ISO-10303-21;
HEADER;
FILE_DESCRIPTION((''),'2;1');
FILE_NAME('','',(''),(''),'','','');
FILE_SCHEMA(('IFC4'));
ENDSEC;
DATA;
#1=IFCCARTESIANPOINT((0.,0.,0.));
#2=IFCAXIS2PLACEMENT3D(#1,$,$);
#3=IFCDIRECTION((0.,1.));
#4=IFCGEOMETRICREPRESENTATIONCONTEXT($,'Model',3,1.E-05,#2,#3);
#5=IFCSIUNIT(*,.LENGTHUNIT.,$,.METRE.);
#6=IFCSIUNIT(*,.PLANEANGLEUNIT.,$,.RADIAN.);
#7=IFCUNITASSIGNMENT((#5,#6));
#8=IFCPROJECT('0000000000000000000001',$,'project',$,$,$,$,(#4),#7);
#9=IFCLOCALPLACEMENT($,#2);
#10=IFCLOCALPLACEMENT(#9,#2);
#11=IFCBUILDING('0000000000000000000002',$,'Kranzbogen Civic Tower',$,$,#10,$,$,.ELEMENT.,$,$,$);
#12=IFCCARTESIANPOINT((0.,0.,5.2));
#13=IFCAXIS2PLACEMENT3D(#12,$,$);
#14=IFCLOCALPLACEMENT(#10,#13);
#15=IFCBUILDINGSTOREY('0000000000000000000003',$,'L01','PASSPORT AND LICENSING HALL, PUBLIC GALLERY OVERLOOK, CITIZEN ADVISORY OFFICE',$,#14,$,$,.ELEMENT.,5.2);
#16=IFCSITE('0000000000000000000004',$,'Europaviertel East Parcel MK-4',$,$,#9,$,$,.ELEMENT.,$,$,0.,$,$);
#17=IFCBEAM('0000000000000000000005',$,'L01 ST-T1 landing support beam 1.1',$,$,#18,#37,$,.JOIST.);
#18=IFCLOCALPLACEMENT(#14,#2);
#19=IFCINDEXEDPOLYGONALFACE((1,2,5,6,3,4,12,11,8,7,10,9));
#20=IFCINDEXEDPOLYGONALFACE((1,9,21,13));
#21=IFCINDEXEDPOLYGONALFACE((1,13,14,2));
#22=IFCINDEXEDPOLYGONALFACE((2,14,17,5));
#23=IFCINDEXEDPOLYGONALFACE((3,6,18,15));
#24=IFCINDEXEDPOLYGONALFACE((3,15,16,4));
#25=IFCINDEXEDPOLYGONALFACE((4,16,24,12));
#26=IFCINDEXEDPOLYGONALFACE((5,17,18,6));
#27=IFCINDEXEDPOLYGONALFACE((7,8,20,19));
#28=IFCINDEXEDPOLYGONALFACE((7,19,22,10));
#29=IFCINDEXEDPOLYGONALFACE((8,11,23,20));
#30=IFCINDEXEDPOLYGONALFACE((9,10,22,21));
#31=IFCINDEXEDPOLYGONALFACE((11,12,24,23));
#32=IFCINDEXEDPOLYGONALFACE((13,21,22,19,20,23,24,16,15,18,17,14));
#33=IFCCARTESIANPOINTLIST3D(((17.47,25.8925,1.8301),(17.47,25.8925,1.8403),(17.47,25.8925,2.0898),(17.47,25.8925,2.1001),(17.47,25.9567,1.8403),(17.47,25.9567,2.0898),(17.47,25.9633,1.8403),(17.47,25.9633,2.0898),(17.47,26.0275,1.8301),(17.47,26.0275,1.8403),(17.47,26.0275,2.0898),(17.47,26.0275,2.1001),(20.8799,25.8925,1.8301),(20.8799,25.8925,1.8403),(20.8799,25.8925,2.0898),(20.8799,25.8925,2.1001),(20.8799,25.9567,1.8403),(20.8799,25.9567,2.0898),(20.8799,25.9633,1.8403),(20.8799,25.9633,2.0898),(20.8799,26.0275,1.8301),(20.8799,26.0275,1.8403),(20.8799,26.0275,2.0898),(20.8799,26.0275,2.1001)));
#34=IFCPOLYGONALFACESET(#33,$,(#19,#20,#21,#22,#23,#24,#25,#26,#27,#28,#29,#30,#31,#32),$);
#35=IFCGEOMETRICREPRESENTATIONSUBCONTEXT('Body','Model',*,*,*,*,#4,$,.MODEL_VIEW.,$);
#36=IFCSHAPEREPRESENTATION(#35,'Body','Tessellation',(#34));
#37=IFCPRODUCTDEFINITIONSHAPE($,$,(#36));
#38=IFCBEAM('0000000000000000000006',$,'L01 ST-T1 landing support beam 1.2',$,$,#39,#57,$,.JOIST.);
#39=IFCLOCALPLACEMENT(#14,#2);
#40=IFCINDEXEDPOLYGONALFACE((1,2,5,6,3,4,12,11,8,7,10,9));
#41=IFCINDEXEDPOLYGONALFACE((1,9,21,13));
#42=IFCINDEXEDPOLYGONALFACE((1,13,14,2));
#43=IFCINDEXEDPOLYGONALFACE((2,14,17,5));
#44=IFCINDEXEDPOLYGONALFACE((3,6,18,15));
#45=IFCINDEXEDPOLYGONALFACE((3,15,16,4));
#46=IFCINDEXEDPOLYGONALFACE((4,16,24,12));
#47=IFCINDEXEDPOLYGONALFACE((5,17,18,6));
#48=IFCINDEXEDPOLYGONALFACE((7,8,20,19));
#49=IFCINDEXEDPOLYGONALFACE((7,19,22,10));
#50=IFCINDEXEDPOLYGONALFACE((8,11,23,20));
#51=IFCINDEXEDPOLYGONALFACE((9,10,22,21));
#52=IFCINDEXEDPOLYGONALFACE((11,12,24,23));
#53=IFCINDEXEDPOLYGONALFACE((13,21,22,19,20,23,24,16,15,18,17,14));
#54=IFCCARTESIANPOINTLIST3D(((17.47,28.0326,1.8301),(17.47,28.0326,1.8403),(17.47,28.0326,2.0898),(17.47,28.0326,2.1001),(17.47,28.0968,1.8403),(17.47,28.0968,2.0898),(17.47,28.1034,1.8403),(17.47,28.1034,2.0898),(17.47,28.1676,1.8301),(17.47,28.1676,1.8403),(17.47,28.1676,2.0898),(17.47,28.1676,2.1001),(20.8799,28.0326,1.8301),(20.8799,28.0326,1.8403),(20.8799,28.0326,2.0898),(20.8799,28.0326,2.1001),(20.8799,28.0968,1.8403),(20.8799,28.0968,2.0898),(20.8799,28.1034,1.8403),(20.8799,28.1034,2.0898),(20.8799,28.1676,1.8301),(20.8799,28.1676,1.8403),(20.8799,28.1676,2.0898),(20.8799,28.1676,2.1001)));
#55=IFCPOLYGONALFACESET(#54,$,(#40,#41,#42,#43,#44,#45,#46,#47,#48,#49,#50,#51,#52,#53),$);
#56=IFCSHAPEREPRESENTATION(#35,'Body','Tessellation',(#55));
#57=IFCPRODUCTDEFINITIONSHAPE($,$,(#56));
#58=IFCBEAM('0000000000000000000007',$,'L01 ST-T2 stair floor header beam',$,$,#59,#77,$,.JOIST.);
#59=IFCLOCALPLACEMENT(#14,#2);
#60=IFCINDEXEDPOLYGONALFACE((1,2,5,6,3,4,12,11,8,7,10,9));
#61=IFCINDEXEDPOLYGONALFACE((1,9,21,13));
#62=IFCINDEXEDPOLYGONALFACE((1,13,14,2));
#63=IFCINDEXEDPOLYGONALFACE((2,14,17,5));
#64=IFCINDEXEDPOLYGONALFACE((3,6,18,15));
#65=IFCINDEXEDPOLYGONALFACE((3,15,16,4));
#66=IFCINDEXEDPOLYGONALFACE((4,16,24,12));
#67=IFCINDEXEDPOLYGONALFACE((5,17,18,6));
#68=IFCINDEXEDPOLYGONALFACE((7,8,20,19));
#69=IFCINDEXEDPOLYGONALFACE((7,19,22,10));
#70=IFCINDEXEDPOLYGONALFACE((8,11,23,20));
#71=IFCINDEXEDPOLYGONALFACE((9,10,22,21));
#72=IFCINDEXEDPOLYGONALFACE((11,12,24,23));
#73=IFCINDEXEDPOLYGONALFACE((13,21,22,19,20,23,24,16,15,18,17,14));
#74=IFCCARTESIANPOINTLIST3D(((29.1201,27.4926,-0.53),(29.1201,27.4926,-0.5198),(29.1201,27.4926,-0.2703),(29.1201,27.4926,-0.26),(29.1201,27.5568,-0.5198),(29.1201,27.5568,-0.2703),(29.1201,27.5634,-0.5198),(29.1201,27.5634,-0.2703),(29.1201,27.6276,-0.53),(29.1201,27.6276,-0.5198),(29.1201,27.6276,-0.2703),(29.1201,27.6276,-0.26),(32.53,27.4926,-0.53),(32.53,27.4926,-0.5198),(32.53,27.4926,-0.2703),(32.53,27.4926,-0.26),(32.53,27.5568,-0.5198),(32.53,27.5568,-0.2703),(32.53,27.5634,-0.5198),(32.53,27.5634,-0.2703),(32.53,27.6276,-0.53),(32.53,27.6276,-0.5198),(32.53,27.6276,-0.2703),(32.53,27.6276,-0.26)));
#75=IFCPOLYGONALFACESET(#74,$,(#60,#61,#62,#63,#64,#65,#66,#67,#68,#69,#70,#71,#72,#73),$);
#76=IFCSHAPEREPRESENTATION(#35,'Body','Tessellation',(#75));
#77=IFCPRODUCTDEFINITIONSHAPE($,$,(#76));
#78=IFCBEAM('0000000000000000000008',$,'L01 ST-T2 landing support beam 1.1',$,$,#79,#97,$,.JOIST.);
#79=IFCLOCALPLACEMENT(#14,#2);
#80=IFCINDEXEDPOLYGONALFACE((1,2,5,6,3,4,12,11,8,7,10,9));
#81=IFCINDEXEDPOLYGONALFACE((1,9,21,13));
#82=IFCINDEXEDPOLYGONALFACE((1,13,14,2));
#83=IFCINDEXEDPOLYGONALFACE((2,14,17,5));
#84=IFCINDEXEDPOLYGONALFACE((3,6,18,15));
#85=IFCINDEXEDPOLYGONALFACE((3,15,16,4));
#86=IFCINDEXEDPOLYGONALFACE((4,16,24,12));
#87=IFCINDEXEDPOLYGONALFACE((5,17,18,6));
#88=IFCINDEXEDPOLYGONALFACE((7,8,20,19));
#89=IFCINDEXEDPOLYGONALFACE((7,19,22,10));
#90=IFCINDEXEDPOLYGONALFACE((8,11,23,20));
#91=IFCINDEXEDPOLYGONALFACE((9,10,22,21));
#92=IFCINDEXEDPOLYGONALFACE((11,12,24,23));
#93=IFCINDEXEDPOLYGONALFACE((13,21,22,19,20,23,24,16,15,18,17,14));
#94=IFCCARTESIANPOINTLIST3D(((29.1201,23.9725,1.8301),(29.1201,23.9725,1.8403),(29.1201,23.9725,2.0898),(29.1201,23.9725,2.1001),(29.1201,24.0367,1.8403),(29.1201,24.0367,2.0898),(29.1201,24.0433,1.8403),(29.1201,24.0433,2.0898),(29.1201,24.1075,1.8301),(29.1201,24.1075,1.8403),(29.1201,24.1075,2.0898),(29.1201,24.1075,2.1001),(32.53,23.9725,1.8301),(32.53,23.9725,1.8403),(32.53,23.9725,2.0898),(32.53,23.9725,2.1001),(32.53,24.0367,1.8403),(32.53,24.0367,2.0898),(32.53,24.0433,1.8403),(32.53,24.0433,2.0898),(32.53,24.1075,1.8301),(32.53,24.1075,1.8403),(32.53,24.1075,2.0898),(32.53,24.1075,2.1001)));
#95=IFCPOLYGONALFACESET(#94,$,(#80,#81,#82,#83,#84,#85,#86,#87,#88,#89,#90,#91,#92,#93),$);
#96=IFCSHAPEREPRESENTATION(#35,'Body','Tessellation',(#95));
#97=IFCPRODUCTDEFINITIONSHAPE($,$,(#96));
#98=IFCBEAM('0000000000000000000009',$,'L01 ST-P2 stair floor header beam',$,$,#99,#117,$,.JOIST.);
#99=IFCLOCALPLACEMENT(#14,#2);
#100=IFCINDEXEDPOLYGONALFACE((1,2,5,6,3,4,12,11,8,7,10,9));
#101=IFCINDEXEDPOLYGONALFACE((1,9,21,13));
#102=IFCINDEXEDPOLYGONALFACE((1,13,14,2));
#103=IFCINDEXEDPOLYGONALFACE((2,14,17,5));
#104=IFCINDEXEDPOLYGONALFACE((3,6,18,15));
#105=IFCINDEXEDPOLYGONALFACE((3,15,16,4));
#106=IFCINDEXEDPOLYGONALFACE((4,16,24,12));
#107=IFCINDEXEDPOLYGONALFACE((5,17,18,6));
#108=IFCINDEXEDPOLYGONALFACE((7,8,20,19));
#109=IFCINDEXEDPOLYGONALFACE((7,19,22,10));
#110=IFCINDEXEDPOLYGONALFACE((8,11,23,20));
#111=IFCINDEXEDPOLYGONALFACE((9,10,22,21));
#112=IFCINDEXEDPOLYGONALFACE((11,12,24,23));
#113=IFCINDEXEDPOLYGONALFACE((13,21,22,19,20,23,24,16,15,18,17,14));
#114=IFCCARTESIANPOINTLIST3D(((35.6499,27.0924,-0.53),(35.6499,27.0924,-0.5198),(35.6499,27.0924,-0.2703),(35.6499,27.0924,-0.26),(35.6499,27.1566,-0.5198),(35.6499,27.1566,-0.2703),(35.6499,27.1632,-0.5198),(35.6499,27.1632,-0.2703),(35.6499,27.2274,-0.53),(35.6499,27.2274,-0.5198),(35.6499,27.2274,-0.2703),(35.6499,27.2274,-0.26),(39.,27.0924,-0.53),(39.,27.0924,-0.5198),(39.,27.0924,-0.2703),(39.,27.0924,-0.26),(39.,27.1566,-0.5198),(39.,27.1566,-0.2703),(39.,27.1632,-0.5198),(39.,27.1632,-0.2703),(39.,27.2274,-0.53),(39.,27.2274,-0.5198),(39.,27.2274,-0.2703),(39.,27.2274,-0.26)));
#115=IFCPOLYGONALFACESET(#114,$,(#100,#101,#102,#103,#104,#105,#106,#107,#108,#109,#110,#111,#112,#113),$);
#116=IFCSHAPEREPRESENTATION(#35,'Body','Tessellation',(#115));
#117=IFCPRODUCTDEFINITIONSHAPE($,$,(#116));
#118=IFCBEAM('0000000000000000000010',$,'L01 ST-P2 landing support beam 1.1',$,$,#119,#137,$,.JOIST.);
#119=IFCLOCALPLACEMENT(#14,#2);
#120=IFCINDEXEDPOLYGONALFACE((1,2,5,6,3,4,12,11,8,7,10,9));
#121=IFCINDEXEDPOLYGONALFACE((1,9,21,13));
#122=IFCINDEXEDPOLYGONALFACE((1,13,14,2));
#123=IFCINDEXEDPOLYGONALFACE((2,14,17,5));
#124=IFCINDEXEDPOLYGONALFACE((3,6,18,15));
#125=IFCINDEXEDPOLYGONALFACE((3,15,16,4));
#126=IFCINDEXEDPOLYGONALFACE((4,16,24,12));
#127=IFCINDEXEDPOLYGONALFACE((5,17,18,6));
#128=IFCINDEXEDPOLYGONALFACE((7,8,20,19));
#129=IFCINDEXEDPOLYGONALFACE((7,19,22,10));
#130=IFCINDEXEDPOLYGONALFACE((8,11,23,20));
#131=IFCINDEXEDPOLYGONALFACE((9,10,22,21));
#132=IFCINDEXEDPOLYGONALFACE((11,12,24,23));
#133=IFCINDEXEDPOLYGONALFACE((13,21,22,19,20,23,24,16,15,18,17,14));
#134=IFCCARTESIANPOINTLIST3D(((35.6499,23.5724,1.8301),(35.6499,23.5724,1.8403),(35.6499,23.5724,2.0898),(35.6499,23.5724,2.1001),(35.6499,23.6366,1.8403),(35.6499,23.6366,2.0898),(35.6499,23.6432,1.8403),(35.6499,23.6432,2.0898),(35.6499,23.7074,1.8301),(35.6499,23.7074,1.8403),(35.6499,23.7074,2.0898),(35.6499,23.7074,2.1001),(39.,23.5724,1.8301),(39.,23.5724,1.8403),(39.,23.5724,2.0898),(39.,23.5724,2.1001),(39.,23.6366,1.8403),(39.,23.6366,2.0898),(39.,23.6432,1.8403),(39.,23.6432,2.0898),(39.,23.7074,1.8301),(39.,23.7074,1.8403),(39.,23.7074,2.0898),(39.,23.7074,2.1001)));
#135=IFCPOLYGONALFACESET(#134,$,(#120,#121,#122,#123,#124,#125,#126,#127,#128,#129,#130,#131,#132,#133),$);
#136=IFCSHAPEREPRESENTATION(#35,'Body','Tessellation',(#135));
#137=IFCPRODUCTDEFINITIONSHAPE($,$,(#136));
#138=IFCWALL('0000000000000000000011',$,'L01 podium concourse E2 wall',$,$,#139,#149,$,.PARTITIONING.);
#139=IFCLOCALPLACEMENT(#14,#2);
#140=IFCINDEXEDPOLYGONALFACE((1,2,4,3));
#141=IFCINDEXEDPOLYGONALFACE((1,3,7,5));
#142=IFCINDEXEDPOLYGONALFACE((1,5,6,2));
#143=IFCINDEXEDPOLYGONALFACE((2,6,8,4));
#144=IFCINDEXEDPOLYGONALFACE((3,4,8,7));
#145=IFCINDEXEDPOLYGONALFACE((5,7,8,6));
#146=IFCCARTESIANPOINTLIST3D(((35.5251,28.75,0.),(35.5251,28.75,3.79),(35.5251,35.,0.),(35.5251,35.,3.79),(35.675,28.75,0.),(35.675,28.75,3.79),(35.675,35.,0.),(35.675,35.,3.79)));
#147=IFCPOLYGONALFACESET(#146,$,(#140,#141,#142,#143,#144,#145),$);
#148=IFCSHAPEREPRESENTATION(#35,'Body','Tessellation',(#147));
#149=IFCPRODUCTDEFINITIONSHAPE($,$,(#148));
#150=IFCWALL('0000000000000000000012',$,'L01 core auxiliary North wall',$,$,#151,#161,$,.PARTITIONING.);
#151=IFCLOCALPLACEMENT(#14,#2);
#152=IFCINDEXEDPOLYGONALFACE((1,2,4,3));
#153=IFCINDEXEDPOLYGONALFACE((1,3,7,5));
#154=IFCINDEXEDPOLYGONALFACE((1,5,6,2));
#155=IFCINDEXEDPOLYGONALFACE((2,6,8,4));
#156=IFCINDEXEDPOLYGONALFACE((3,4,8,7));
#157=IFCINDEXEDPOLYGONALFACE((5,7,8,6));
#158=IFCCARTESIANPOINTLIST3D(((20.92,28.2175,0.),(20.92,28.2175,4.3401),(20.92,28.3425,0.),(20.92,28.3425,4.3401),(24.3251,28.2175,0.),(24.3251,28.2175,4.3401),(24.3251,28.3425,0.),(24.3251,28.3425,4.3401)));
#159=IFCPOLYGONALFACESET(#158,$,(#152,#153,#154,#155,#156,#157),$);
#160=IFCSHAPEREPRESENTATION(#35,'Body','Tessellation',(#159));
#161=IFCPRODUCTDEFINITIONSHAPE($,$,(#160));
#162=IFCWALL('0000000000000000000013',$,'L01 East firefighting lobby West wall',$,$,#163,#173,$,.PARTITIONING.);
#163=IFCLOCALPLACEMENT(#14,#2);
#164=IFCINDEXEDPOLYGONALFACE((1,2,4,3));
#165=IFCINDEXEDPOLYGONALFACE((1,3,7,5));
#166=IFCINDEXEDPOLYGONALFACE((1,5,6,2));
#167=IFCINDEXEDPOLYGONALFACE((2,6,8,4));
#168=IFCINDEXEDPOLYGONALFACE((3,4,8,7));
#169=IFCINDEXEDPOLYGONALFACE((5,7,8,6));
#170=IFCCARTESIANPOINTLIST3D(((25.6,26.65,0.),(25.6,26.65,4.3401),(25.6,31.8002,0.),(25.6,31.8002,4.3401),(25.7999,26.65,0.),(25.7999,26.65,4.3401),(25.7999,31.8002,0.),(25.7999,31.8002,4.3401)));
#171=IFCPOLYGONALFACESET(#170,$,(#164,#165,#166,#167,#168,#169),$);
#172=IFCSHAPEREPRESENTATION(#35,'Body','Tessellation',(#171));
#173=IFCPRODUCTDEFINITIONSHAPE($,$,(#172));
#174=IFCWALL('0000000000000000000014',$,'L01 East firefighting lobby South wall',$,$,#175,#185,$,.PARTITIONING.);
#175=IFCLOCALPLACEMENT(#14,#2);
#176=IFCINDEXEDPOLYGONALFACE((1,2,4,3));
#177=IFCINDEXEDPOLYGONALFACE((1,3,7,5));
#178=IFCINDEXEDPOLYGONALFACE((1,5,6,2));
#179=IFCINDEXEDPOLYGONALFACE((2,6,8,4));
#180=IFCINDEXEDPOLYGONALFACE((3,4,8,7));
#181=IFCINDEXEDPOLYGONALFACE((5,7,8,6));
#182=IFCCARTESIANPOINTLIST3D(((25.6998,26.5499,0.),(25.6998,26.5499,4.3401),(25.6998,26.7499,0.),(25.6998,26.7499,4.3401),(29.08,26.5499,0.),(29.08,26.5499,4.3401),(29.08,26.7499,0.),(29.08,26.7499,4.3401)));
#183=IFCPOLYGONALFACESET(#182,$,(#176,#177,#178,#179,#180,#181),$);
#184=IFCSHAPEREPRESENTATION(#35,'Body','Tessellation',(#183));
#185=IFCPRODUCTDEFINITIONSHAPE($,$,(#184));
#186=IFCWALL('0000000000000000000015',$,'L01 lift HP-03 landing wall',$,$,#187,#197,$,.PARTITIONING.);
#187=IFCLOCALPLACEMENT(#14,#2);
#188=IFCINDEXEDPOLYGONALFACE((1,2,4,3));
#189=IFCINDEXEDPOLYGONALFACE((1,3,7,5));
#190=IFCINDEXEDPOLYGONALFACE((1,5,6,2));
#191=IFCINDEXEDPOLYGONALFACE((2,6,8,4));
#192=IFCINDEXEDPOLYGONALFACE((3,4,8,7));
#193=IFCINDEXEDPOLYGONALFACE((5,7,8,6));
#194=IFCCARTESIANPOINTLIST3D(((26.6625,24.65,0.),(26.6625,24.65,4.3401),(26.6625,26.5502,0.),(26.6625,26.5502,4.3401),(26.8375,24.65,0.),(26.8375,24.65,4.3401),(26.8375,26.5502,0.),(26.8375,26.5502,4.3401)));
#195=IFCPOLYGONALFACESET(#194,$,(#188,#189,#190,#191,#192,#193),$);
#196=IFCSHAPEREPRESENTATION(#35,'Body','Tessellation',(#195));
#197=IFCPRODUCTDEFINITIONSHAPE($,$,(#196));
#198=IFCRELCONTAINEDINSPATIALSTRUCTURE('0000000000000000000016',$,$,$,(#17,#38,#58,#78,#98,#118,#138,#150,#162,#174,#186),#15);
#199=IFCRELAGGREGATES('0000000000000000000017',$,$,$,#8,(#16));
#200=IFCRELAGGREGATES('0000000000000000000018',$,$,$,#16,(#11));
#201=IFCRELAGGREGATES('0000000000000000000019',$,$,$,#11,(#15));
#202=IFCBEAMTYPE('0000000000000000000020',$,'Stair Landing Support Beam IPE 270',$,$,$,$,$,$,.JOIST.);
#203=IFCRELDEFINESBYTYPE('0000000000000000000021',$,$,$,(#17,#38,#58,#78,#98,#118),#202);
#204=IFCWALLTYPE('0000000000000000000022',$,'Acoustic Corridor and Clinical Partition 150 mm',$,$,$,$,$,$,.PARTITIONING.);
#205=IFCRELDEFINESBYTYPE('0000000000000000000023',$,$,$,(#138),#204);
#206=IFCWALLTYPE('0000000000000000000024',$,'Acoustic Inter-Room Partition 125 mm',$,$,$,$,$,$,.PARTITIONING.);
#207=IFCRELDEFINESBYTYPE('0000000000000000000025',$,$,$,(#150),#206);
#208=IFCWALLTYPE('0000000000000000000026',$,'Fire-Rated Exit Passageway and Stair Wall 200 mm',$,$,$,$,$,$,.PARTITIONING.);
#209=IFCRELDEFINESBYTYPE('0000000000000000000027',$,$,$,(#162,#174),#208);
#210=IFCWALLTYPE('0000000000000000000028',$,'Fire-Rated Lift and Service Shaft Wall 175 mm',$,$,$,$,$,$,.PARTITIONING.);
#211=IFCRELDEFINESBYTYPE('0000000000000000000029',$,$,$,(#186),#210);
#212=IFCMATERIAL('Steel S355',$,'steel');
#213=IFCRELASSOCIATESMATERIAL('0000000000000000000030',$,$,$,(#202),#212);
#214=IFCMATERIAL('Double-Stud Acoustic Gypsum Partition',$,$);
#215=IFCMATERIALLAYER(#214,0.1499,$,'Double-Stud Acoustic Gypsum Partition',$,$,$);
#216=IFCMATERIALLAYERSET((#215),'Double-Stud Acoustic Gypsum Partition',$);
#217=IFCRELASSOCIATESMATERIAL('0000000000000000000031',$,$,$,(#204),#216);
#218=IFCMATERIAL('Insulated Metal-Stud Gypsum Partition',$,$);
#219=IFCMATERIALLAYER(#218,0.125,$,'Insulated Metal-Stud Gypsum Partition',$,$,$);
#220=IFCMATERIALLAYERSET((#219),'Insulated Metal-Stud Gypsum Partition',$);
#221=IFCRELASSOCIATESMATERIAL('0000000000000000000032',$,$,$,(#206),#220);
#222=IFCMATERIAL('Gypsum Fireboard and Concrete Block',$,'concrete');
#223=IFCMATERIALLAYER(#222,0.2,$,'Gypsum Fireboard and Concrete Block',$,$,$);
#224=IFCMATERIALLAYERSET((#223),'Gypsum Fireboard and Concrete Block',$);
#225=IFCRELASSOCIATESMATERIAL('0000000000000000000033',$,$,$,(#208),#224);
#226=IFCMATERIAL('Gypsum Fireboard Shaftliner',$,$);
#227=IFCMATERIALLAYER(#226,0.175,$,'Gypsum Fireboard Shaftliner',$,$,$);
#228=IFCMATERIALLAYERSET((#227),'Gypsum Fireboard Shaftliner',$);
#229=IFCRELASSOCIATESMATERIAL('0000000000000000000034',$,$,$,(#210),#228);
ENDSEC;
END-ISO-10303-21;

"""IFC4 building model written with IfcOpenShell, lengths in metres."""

from ifc_helpers import new_model, si_unit, direction, frame, frame_2d, origin, origin_2d, place, context, subcontext, project, spatial, rectangle, i_section, extrude, material, layer, layer_set, material_profile, profile_set, type_object, element, save


model = new_model("IFC4")

# Units and contexts
model_context = context("Model", 3, precision=1e-05, world=origin(), true_north=direction((0.0, 1.0)))
body_context = subcontext(model_context, "Body", "Model", "MODEL_VIEW")
ifc_project = project(units=[si_unit("LENGTHUNIT", "METRE"), si_unit("PLANEANGLEUNIT", "RADIAN")], contexts=[model_context])

# Site, building, storey
site_placement = place(None, origin())
site = spatial("IfcSite", under=ifc_project, at=site_placement, Name="Europaviertel East Parcel MK-4", CompositionType="ELEMENT", RefElevation=0.0)
building_placement = place(site_placement, origin())
building = spatial("IfcBuilding", under=site, at=building_placement, Name="Kranzbogen Civic Tower", CompositionType="ELEMENT")
storey_placement = place(building_placement, frame((0.0, 0.0, 5.2)))
storey = spatial("IfcBuildingStorey", under=building, at=storey_placement, Name="L01", Description="PASSPORT AND LICENSING HALL, PUBLIC GALLERY OVERLOOK, CITIZEN ADVISORY OFFICE", CompositionType="ELEMENT", Elevation=5.2)

# Beams
ifc_material_1 = material(Name="Steel S355", Category="steel")
ifc_material_profile = material_profile(ifc_material_1, i_section(OverallWidth=0.135, OverallDepth=0.27, WebThickness=0.0066, FlangeThickness=0.0103, at=origin_2d()), Name="IPE 270")
ifc_profile_set = profile_set([ifc_material_profile], Name="Steel S355")
beam_type = type_object("IfcBeamType", Name="Stair Landing Support Beam IPE 270", PredefinedType="JOIST", material=ifc_profile_set)
for number, where, z_axis, x_axis, name in (
    (1, (20.8799, 25.96, 1.9651), (-1.0, 0.0, 0.0), (0.0, -1.0, 0.0), "L01 ST-T1 landing support beam 1.1"),
    (2, (20.8799, 28.1001, 1.9651), (-1.0, 0.0, 0.0), (0.0, -1.0, 0.0), "L01 ST-T1 landing support beam 1.2"),
    (3, (29.1201, 27.5601, -0.395), (1.0, 0.0, 0.0), (0.0, 1.0, 0.0), "L01 ST-T2 stair floor header beam"),
    (4, (29.1201, 24.04, 1.9651), (1.0, 0.0, 0.0), (0.0, 1.0, 0.0), "L01 ST-T2 landing support beam 1.1"),
):
    element("IfcBeam", number, at=place(storey_placement, frame(where, z_axis=z_axis, x_axis=x_axis)), inside=storey, type_object=beam_type, Name=name, PredefinedType="JOIST", context=body_context, shape_type="SweptSolid", body=[
        extrude(i_section(OverallWidth=0.135, OverallDepth=0.27, WebThickness=0.0066, FlangeThickness=0.0103, at=origin_2d()), origin(), (0.0, 0.0, 1.0), 3.4099),
    ])
for number, where, z_axis, x_axis, name in (
    (5, (35.6499, 27.1599, -0.395), (1.0, 0.0, 0.0), (0.0, 1.0, 0.0), "L01 ST-P2 stair floor header beam"),
    (6, (35.6499, 23.6399, 1.9651), (1.0, 0.0, 0.0), (0.0, 1.0, 0.0), "L01 ST-P2 landing support beam 1.1"),
):
    element("IfcBeam", number, at=place(storey_placement, frame(where, z_axis=z_axis, x_axis=x_axis)), inside=storey, type_object=beam_type, Name=name, PredefinedType="JOIST", context=body_context, shape_type="SweptSolid", body=[
        extrude(i_section(OverallWidth=0.135, OverallDepth=0.27, WebThickness=0.0066, FlangeThickness=0.0103, at=origin_2d()), origin(), (0.0, 0.0, 1.0), 3.3501),
    ])

# Walls
ifc_material_2 = material(Name="Double-Stud Acoustic Gypsum Partition")
ifc_layer_1 = layer(ifc_material_2, 0.1499, Name="Double-Stud Acoustic Gypsum Partition")
ifc_layer_set_1 = layer_set([ifc_layer_1], Name="Double-Stud Acoustic Gypsum Partition")
wall_type_1 = type_object("IfcWallType", Name="Acoustic Corridor and Clinical Partition 150 mm", PredefinedType="PARTITIONING", material=ifc_layer_set_1)
wall_1_placement = place(storey_placement, frame((35.6001, 28.75, 0.0), z_axis=(0.0, 0.0, 1.0), x_axis=(0.0, 1.0, 0.0)))
element("IfcWall", 7, at=wall_1_placement, inside=storey, type_object=wall_type_1, Name="L01 podium concourse E2 wall", PredefinedType="PARTITIONING", context=body_context, shape_type="SweptSolid", body=[
    extrude(rectangle(XDim=6.25, YDim=0.1499, at=frame_2d((3.125, 0.0))), origin(), (0.0, 0.0, 1.0), 3.79),
])
ifc_material_3 = material(Name="Insulated Metal-Stud Gypsum Partition")
ifc_layer_2 = layer(ifc_material_3, 0.125, Name="Insulated Metal-Stud Gypsum Partition")
ifc_layer_set_2 = layer_set([ifc_layer_2], Name="Insulated Metal-Stud Gypsum Partition")
wall_type_2 = type_object("IfcWallType", Name="Acoustic Inter-Room Partition 125 mm", PredefinedType="PARTITIONING", material=ifc_layer_set_2)
wall_2_placement = place(storey_placement, frame((20.9199, 28.28, 0.0), z_axis=(0.0, 0.0, 1.0), x_axis=(1.0, 0.0, 0.0)))
element("IfcWall", 8, at=wall_2_placement, inside=storey, type_object=wall_type_2, Name="L01 core auxiliary North wall", PredefinedType="PARTITIONING", context=body_context, shape_type="SweptSolid", body=[
    extrude(rectangle(XDim=3.405, YDim=0.125, at=frame_2d((1.7026, 0.0))), origin(), (0.0, 0.0, 1.0), 4.3401),
])
ifc_material_4 = material(Name="Gypsum Fireboard and Concrete Block", Category="concrete")
ifc_layer_3 = layer(ifc_material_4, 0.2, Name="Gypsum Fireboard and Concrete Block")
ifc_layer_set_3 = layer_set([ifc_layer_3], Name="Gypsum Fireboard and Concrete Block")
wall_type_3 = type_object("IfcWallType", Name="Fire-Rated Exit Passageway and Stair Wall 200 mm", PredefinedType="PARTITIONING", material=ifc_layer_set_3)
wall_3_placement = place(storey_placement, frame((25.7, 26.6499, 0.0), z_axis=(0.0, 0.0, 1.0), x_axis=(0.0, 1.0, 0.0)))
element("IfcWall", 9, at=wall_3_placement, inside=storey, type_object=wall_type_3, Name="L01 East firefighting lobby West wall", PredefinedType="PARTITIONING", context=body_context, shape_type="SweptSolid", body=[
    extrude(rectangle(XDim=5.1501, YDim=0.2, at=frame_2d((2.5752, 0.0))), origin(), (0.0, 0.0, 1.0), 4.3401),
])
wall_4_placement = place(storey_placement, frame((25.7, 26.6499, 0.0), z_axis=(0.0, 0.0, 1.0), x_axis=(1.0, 0.0, 0.0)))
element("IfcWall", 10, at=wall_4_placement, inside=storey, type_object=wall_type_3, Name="L01 East firefighting lobby South wall", PredefinedType="PARTITIONING", context=body_context, shape_type="SweptSolid", body=[
    extrude(rectangle(XDim=3.3801, YDim=0.2, at=frame_2d((1.6899, 0.0))), origin(), (0.0, 0.0, 1.0), 4.3401),
])
ifc_material_5 = material(Name="Gypsum Fireboard Shaftliner")
ifc_layer_4 = layer(ifc_material_5, 0.175, Name="Gypsum Fireboard Shaftliner")
ifc_layer_set_4 = layer_set([ifc_layer_4], Name="Gypsum Fireboard Shaftliner")
wall_type_4 = type_object("IfcWallType", Name="Fire-Rated Lift and Service Shaft Wall 175 mm", PredefinedType="PARTITIONING", material=ifc_layer_set_4)
wall_5_placement = place(storey_placement, frame((26.75, 24.6499, 0.0), z_axis=(0.0, 0.0, 1.0), x_axis=(0.0, 1.0, 0.0)))
element("IfcWall", 11, at=wall_5_placement, inside=storey, type_object=wall_type_4, Name="L01 lift HP-03 landing wall", PredefinedType="PARTITIONING", context=body_context, shape_type="SweptSolid", body=[
    extrude(rectangle(XDim=1.9001, YDim=0.175, at=frame_2d((0.9502, 0.0))), origin(), (0.0, 0.0, 1.0), 4.3401),
])

save(model, "model.ifc")
